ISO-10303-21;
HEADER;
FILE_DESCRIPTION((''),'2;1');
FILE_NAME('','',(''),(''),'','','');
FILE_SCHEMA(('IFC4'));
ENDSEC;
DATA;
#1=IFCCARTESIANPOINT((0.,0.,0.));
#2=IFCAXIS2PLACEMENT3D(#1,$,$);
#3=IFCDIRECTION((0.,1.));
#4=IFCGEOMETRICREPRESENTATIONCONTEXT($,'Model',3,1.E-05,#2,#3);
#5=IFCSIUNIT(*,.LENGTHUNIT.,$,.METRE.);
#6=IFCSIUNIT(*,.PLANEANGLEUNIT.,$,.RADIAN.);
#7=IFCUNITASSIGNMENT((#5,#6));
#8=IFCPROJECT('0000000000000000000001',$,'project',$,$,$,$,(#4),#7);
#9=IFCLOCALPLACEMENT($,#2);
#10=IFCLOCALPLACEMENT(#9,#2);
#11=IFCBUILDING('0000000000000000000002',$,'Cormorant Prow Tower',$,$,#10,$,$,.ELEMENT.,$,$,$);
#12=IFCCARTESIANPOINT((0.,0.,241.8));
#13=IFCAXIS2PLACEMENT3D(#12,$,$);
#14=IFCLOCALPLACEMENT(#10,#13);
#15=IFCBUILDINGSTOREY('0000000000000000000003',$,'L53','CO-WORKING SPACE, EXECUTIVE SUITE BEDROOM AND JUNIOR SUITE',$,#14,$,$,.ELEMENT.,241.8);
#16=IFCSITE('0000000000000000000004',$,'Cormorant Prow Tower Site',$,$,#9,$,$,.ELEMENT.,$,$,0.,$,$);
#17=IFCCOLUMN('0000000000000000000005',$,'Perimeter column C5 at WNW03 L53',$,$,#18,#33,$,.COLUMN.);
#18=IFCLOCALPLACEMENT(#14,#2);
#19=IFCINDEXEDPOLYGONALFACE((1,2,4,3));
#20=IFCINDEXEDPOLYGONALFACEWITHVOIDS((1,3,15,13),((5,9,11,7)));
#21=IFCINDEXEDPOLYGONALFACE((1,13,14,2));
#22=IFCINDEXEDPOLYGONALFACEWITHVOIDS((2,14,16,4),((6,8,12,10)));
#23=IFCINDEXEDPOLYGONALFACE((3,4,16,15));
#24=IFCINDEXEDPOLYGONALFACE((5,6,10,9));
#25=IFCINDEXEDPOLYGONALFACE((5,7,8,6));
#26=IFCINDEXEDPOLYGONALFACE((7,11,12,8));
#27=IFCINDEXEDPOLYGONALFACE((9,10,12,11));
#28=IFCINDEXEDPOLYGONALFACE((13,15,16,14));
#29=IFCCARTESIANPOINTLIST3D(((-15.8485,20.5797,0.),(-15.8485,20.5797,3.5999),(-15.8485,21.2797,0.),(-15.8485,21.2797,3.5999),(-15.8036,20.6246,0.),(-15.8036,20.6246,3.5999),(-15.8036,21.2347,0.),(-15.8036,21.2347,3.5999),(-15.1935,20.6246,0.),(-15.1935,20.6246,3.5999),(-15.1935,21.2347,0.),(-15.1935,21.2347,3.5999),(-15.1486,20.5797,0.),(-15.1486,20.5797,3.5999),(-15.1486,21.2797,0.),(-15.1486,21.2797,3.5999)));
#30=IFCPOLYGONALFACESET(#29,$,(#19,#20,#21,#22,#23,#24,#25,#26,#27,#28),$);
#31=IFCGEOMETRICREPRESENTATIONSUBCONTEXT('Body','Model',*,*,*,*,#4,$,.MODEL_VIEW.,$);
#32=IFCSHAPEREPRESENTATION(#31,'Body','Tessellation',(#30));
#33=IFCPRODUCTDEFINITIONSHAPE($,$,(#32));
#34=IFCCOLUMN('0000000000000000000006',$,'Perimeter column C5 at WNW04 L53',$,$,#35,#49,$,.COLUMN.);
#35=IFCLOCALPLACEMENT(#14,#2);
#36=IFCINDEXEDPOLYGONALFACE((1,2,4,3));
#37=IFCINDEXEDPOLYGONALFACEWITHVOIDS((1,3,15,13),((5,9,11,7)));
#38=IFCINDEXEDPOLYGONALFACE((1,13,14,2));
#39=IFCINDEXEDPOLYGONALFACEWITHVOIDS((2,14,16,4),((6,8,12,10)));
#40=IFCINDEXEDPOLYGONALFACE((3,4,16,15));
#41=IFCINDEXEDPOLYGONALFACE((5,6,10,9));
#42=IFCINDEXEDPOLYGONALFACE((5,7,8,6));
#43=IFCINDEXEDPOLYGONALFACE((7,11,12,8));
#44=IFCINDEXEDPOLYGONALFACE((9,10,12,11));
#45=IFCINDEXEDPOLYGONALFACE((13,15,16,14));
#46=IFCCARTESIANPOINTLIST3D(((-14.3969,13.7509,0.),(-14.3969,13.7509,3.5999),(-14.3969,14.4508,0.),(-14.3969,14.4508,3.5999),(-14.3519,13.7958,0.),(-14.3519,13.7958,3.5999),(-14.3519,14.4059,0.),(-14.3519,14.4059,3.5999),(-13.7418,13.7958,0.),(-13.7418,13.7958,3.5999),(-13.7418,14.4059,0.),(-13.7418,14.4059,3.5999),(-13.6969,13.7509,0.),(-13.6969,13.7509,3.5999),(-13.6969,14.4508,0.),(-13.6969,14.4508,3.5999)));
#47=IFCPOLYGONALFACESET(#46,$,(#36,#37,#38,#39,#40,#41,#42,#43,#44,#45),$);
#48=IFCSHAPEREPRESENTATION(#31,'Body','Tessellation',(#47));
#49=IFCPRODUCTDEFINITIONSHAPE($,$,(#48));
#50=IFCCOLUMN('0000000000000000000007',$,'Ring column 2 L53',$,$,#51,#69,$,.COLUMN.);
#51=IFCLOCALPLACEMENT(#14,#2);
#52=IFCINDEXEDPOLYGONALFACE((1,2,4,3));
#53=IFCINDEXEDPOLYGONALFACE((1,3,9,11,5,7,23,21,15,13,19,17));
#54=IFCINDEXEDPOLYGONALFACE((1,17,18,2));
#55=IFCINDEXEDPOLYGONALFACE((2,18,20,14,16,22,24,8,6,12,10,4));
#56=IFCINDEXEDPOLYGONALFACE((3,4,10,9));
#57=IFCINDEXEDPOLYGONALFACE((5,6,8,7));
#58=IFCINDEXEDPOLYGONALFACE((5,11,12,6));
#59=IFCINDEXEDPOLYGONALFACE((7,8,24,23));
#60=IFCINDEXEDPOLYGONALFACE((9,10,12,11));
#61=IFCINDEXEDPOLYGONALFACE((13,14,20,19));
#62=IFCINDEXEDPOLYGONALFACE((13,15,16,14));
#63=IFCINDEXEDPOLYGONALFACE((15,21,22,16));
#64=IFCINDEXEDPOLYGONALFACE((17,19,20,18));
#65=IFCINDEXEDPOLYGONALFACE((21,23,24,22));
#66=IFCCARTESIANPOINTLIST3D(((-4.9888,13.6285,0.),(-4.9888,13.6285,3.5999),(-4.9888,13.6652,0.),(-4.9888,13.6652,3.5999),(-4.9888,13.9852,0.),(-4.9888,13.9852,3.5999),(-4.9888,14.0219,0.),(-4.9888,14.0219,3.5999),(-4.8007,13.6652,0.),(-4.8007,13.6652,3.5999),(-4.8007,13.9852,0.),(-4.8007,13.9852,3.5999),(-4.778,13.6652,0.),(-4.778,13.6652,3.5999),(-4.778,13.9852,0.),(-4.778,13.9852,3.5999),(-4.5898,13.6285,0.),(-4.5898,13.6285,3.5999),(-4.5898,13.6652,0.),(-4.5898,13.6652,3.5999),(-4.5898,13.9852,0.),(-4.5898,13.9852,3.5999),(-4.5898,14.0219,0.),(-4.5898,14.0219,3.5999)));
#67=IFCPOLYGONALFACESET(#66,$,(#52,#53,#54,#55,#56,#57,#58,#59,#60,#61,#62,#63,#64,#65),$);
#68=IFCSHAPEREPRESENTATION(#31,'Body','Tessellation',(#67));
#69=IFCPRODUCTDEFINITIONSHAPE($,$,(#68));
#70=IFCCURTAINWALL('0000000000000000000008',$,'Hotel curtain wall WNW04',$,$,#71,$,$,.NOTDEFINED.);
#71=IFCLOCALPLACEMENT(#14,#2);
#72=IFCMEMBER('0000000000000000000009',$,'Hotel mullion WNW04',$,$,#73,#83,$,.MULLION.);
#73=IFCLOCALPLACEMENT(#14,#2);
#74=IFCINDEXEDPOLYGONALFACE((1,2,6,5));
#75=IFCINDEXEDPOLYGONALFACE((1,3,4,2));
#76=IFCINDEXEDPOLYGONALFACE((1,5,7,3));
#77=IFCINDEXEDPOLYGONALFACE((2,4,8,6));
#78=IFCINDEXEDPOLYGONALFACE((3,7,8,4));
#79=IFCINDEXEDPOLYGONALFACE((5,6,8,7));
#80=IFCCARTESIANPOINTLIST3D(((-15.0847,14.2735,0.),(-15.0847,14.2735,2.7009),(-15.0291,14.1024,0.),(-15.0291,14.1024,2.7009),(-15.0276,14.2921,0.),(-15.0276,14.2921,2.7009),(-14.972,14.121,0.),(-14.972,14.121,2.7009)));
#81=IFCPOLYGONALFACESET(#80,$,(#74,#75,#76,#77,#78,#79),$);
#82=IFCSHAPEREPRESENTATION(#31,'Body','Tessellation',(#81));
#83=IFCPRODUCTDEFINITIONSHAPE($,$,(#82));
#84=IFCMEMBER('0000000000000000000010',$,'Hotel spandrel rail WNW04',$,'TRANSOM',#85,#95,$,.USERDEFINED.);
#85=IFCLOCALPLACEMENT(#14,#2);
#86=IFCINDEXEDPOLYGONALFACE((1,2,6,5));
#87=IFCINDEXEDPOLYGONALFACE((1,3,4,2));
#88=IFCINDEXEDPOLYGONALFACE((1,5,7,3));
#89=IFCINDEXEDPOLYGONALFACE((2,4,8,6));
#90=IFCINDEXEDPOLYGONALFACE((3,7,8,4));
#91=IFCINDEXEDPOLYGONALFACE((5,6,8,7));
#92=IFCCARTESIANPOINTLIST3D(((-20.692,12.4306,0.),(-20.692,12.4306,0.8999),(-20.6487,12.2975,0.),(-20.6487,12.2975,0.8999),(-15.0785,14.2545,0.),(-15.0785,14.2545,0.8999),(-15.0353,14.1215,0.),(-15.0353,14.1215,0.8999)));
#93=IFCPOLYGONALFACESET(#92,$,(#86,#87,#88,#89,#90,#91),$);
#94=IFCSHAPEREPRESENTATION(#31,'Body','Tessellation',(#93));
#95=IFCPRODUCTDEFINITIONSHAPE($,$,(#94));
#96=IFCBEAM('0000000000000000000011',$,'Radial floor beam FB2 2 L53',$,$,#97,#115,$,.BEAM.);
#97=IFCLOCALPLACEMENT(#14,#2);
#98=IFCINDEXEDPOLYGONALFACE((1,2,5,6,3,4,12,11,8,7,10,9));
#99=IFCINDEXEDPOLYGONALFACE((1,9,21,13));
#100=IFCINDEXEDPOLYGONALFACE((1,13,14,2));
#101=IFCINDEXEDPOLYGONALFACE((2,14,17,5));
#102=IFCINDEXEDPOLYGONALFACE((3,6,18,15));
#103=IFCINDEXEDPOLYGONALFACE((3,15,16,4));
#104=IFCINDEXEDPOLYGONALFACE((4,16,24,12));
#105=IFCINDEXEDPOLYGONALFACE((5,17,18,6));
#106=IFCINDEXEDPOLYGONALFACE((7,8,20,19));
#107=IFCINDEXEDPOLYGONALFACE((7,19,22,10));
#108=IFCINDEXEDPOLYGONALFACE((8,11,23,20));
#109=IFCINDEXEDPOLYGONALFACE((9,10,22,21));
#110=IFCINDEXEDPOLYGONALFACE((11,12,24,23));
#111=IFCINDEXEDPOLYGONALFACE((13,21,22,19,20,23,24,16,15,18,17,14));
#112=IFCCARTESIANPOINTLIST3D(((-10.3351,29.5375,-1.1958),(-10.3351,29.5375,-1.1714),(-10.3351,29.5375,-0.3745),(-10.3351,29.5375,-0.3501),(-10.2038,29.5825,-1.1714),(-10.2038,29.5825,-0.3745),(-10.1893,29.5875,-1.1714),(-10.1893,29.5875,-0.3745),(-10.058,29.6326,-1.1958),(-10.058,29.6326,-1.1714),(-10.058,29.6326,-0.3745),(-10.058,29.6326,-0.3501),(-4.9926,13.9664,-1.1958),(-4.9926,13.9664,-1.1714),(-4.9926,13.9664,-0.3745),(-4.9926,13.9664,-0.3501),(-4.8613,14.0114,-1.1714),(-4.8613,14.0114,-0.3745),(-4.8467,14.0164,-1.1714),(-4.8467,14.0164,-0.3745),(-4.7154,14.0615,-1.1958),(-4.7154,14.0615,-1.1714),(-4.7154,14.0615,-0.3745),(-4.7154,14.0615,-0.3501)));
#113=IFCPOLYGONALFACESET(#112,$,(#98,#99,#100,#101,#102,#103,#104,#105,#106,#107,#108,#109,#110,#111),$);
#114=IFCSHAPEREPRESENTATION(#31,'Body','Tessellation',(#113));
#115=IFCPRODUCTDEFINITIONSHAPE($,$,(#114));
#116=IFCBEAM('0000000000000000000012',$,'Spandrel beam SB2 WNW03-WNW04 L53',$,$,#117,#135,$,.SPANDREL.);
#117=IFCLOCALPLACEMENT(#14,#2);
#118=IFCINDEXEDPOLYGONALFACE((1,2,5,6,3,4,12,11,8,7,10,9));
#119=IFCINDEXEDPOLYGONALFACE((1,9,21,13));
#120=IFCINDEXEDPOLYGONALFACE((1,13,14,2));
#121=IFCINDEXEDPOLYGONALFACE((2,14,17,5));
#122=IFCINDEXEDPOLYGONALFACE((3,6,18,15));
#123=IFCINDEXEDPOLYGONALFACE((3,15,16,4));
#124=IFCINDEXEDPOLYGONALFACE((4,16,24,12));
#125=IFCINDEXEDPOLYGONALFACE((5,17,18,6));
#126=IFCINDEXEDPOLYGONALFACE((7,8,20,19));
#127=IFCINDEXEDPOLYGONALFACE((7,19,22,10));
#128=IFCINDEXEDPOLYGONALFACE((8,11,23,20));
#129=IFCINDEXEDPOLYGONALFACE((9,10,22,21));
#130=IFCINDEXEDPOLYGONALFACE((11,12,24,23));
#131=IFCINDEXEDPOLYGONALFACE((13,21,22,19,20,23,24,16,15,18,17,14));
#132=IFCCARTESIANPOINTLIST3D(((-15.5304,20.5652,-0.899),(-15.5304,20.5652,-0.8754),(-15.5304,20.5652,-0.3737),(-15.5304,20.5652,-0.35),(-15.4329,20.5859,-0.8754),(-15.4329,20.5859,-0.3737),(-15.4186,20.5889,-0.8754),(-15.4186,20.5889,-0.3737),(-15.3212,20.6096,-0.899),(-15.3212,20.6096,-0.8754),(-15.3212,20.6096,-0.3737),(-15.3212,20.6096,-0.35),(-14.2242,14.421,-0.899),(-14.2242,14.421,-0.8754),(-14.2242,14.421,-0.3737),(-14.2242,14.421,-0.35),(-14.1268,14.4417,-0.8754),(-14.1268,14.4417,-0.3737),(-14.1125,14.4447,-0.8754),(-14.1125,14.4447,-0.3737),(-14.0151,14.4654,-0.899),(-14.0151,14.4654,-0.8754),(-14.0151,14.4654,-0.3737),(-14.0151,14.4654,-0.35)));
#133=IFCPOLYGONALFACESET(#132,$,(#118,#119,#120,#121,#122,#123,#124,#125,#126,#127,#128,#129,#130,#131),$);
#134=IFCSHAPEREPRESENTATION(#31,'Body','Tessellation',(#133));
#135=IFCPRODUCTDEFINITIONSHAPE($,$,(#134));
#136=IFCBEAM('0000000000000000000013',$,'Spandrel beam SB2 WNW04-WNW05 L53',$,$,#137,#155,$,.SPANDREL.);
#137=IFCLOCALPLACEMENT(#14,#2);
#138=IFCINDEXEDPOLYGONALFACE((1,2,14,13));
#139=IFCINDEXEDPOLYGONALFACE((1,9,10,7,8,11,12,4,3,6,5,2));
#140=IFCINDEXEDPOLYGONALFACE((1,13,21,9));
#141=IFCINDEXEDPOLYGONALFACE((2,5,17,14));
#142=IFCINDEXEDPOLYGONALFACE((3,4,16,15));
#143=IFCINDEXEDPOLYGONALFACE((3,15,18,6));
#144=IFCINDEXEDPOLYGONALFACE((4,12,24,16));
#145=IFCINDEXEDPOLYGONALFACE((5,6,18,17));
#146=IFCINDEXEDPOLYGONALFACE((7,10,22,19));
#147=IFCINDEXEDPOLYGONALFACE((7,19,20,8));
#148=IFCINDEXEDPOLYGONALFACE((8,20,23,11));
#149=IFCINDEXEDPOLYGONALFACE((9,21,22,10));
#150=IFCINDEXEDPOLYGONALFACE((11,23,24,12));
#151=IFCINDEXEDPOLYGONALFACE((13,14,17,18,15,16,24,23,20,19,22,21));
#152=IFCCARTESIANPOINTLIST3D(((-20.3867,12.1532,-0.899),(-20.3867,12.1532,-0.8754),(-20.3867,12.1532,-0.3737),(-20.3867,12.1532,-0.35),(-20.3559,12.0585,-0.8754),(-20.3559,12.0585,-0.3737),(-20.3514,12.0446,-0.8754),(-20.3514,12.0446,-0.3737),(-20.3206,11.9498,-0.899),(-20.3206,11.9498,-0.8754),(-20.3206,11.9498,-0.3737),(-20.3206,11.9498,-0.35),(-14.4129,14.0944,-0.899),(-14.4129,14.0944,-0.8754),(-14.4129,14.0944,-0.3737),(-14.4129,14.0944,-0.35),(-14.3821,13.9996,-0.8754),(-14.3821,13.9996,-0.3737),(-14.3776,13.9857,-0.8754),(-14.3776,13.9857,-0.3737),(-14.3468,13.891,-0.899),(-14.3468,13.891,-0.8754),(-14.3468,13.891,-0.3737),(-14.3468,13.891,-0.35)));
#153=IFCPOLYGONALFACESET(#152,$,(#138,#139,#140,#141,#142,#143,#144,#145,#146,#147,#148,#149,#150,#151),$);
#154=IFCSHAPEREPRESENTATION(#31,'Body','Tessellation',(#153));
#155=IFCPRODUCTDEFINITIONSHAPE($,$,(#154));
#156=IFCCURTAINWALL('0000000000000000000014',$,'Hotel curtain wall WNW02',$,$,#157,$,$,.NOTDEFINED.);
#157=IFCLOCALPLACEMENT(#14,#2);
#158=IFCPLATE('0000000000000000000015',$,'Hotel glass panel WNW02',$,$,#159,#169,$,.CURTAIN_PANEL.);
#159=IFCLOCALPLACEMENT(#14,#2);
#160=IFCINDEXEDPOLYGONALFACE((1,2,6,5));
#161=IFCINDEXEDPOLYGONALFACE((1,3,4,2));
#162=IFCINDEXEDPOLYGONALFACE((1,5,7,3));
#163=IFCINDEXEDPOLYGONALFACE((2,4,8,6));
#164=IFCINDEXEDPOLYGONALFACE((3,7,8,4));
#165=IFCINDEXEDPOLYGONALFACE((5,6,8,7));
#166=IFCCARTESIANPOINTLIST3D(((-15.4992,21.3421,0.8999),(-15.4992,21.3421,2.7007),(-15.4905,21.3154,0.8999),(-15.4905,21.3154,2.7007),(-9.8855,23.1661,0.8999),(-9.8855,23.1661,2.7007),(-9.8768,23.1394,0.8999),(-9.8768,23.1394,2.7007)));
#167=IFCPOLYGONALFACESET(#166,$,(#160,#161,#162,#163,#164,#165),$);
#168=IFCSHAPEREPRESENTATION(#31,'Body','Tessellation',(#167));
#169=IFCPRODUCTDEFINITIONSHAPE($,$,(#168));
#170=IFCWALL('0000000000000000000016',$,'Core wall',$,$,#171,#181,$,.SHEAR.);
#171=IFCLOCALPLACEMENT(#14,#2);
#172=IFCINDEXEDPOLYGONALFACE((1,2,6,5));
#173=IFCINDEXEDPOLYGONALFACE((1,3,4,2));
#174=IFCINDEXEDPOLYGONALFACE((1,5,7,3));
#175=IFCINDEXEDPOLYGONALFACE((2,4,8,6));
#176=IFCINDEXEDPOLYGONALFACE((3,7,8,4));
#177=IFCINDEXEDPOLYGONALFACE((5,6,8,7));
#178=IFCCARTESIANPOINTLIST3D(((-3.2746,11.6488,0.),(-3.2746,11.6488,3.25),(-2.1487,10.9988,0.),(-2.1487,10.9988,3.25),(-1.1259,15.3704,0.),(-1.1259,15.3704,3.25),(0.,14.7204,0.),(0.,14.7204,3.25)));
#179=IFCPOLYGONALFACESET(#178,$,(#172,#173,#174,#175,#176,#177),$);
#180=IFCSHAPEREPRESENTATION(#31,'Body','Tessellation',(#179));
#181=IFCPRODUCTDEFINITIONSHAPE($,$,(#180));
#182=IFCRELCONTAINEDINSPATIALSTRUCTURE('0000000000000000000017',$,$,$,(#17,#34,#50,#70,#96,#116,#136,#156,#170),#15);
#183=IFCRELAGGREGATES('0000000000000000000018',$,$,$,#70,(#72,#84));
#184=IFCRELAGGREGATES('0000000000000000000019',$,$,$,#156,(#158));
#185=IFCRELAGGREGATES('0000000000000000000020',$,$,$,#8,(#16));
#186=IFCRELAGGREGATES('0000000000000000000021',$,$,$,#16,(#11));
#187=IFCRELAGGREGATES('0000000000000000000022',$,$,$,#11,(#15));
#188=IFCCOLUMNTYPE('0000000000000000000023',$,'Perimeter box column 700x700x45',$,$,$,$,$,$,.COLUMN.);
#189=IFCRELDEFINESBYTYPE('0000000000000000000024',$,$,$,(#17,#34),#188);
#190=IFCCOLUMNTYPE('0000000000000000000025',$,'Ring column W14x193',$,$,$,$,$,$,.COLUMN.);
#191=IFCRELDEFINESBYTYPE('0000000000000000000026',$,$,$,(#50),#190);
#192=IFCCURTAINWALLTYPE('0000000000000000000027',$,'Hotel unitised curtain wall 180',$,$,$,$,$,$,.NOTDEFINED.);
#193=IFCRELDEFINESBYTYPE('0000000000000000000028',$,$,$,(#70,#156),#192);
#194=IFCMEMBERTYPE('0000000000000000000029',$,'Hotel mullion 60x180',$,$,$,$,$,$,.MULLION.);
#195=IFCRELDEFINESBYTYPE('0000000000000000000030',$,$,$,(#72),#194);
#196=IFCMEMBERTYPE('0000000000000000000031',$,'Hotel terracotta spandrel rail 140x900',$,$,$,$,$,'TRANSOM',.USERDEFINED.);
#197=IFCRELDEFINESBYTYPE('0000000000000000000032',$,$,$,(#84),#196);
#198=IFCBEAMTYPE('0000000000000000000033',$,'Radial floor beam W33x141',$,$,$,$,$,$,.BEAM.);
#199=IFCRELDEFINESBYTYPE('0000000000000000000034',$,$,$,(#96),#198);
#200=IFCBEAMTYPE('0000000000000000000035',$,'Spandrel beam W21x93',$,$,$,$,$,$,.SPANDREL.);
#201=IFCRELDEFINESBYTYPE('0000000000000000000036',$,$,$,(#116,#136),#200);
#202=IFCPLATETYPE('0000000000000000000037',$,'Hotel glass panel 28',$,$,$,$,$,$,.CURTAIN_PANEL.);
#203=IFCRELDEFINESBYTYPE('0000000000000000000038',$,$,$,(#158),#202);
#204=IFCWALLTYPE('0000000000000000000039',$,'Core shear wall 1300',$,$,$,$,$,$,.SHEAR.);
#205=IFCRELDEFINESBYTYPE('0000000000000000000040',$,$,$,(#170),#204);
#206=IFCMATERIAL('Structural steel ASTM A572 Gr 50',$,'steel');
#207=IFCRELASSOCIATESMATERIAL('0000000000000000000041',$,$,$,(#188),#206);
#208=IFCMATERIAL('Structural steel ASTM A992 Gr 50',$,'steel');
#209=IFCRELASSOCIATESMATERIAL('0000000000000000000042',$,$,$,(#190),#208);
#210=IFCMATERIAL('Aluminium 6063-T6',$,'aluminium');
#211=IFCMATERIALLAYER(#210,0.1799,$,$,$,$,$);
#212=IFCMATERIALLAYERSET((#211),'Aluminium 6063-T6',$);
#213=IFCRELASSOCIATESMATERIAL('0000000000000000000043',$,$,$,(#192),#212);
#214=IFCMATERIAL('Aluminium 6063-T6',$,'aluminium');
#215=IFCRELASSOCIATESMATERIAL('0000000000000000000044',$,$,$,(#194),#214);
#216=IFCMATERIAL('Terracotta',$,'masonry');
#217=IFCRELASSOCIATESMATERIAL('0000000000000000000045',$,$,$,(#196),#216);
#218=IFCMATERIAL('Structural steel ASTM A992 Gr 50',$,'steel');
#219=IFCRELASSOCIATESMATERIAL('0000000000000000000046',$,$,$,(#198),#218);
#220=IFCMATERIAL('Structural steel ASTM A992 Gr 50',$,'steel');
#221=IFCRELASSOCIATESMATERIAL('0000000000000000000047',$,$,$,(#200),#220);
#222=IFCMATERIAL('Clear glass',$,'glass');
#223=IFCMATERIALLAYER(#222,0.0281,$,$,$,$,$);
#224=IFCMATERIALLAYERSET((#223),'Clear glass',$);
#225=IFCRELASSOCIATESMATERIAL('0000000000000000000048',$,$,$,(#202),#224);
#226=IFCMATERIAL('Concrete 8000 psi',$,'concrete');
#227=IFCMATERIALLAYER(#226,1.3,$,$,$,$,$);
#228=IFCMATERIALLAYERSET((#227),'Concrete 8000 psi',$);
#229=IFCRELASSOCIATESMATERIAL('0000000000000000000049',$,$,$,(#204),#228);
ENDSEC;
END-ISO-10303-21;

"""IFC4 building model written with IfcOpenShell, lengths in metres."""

from ifc_helpers import new_model, si_unit, direction, frame, frame_2d, origin, origin_2d, place, context, subcontext, project, spatial, rectangle, hollow_rectangle, i_section, extrude, material, layer, layer_set, material_profile, profile_set, type_object, element, aggregate, save


model = new_model("IFC4")

# Units and contexts
model_context = context("Model", 3, precision=1e-05, world=origin(), true_north=direction((0.0, 1.0)))
body_context = subcontext(model_context, "Body", "Model", "MODEL_VIEW")
ifc_project = project(units=[si_unit("LENGTHUNIT", "METRE"), si_unit("PLANEANGLEUNIT", "RADIAN")], contexts=[model_context])

# Site, building, storey
site_placement = place(None, origin())
site = spatial("IfcSite", under=ifc_project, at=site_placement, Name="Cormorant Prow Tower Site", CompositionType="ELEMENT", RefElevation=0.0)
building_placement = place(site_placement, origin())
building = spatial("IfcBuilding", under=site, at=building_placement, Name="Cormorant Prow Tower", CompositionType="ELEMENT")
storey_placement = place(building_placement, frame((0.0, 0.0, 241.8)))
storey = spatial("IfcBuildingStorey", under=building, at=storey_placement, Name="L53", Description="CO-WORKING SPACE, EXECUTIVE SUITE BEDROOM AND JUNIOR SUITE", CompositionType="ELEMENT", Elevation=241.8)

# Columns
ifc_material_1 = material(Name="Structural steel ASTM A572 Gr 50", Category="steel")
ifc_material_profile_1 = material_profile(ifc_material_1, hollow_rectangle(XDim=0.7, YDim=0.7, WallThickness=0.0449, at=origin_2d()), Name="Box 700x700x45")
ifc_profile_set_1 = profile_set([ifc_material_profile_1], Name="Structural steel ASTM A572 Gr 50")
column_type_1 = type_object("IfcColumnType", Name="Perimeter box column 700x700x45", PredefinedType="COLUMN", material=ifc_profile_set_1)
for number, where, z_axis, x_axis, name in (
    (1, (-15.4985, 20.9297, 0.0), (0.0, 0.0, 1.0), (1.0, 0.0, 0.0), "Perimeter column C5 at WNW03 L53"),
    (2, (-14.0469, 14.1008, 0.0), (0.0, 0.0, 1.0), (1.0, 0.0, 0.0), "Perimeter column C5 at WNW04 L53"),
):
    element("IfcColumn", number, at=place(storey_placement, frame(where, z_axis=z_axis, x_axis=x_axis)), inside=storey, type_object=column_type_1, Name=name, PredefinedType="COLUMN", context=body_context, shape_type="SweptSolid", body=[
        extrude(hollow_rectangle(XDim=0.7, YDim=0.7, WallThickness=0.0449, at=origin_2d()), origin(), (0.0, 0.0, 1.0), 3.5999),
    ])
ifc_material_2 = material(Name="Structural steel ASTM A992 Gr 50", Category="steel")
ifc_material_profile_2 = material_profile(ifc_material_2, i_section(OverallWidth=0.3989, OverallDepth=0.3933, WebThickness=0.0227, FlangeThickness=0.0366, at=origin_2d()), Name="W14x193")
ifc_profile_set_2 = profile_set([ifc_material_profile_2], Name="Structural steel ASTM A992 Gr 50")
column_type_2 = type_object("IfcColumnType", Name="Ring column W14x193", PredefinedType="COLUMN", material=ifc_profile_set_2)
column_placement = place(storey_placement, frame((-4.7893, 13.8252, 0.0), z_axis=(0.0, 0.0, 1.0), x_axis=(1.0, 0.0, 0.0)))
element("IfcColumn", 3, at=column_placement, inside=storey, type_object=column_type_2, Name="Ring column 2 L53", PredefinedType="COLUMN", context=body_context, shape_type="SweptSolid", body=[
    extrude(i_section(OverallWidth=0.3989, OverallDepth=0.3933, WebThickness=0.0227, FlangeThickness=0.0366, at=origin_2d()), origin(), (0.0, 0.0, 1.0), 3.5999),
])

# Curtain wall, members
ifc_material_3 = material(Name="Aluminium 6063-T6", Category="aluminium")
ifc_layer_1 = layer(ifc_material_3, 0.1799)
ifc_layer_set_1 = layer_set([ifc_layer_1], Name="Aluminium 6063-T6")
curtain_wall_type = type_object("IfcCurtainWallType", Name="Hotel unitised curtain wall 180", PredefinedType="NOTDEFINED", material=ifc_layer_set_1)
curtain_wall_1_placement = place(storey_placement, origin())
curtain_wall_1 = element("IfcCurtainWall", 4, at=curtain_wall_1_placement, inside=storey, type_object=curtain_wall_type, Name="Hotel curtain wall WNW04", PredefinedType="NOTDEFINED")
ifc_material_4 = material(Name="Aluminium 6063-T6", Category="aluminium")
ifc_material_profile_3 = material_profile(ifc_material_4, rectangle(XDim=0.1799, YDim=0.0601, at=origin_2d()), Name="Hotel mullion 60x180")
ifc_profile_set_3 = profile_set([ifc_material_profile_3], Name="Aluminium 6063-T6")
member_type_1 = type_object("IfcMemberType", Name="Hotel mullion 60x180", PredefinedType="MULLION", material=ifc_profile_set_3)
member_1_placement = place(storey_placement, frame((-15.0283, 14.1973, 0.0), z_axis=(0.0, 0.0, 1.0), x_axis=(0.309017, -0.951057, 0.0)))
member_1 = element("IfcMember", 5, at=member_1_placement, type_object=member_type_1, Name="Hotel mullion WNW04", PredefinedType="MULLION", context=body_context, shape_type="SweptSolid", body=[
    extrude(rectangle(XDim=0.1799, YDim=0.0601, at=origin_2d()), origin(), (0.0, 0.0, 1.0), 2.7009),
])
ifc_material_5 = material(Name="Terracotta", Category="masonry")
ifc_material_profile_4 = material_profile(ifc_material_5, rectangle(XDim=0.1399, YDim=0.8999, at=origin_2d()), Name="Hotel terracotta spandrel rail 140x900")
ifc_profile_set_4 = profile_set([ifc_material_profile_4], Name="Terracotta")
member_type_2 = type_object("IfcMemberType", Name="Hotel terracotta spandrel rail 140x900", ElementType="TRANSOM", PredefinedType="USERDEFINED", material=ifc_profile_set_4)
member_2_placement = place(storey_placement, frame((-15.0569, 14.188, 0.45), z_axis=(-0.951055, -0.309022, 0.0), x_axis=(0.309022, -0.951055, 0.0)))
member_2 = element("IfcMember", 6, at=member_2_placement, type_object=member_type_2, Name="Hotel spandrel rail WNW04", ObjectType="TRANSOM", PredefinedType="USERDEFINED", context=body_context, shape_type="SweptSolid", body=[
    extrude(rectangle(XDim=0.1399, YDim=0.8999, at=origin_2d()), origin(), (0.0, 0.0, 1.0), 5.9023),
])
aggregate(curtain_wall_1, [member_1, member_2])

# Beams
ifc_material_6 = material(Name="Structural steel ASTM A992 Gr 50", Category="steel")
ifc_material_profile_5 = material_profile(ifc_material_6, i_section(OverallWidth=0.293, OverallDepth=0.8457, WebThickness=0.0154, FlangeThickness=0.0244, at=origin_2d()), Name="W33x141")
ifc_profile_set_5 = profile_set([ifc_material_profile_5], Name="Structural steel ASTM A992 Gr 50")
beam_type_1 = type_object("IfcBeamType", Name="Radial floor beam W33x141", PredefinedType="BEAM", material=ifc_profile_set_5)
beam_1_placement = place(storey_placement, frame((-4.854, 14.0139, -0.7729), z_axis=(-0.324536, 0.945874, 0.0), x_axis=(-0.945874, -0.324536, 0.0)))
element("IfcBeam", 7, at=beam_1_placement, inside=storey, type_object=beam_type_1, Name="Radial floor beam FB2 2 L53", PredefinedType="BEAM", context=body_context, shape_type="SweptSolid", body=[
    extrude(i_section(OverallWidth=0.293, OverallDepth=0.8457, WebThickness=0.0154, FlangeThickness=0.0244, at=origin_2d()), origin(), (0.0, 0.0, 1.0), 16.4622),
])
ifc_material_7 = material(Name="Structural steel ASTM A992 Gr 50", Category="steel")
ifc_material_profile_6 = material_profile(ifc_material_7, i_section(OverallWidth=0.2139, OverallDepth=0.5491, WebThickness=0.0146, FlangeThickness=0.0237, at=origin_2d()), Name="W21x93")
ifc_profile_set_6 = profile_set([ifc_material_profile_6], Name="Structural steel ASTM A992 Gr 50")
beam_type_2 = type_object("IfcBeamType", Name="Spandrel beam W21x93", PredefinedType="SPANDREL", material=ifc_profile_set_6)
beam_2_placement = place(storey_placement, frame((-15.4258, 20.5874, -0.6245), z_axis=(0.207934, -0.978143, 0.0), x_axis=(0.978143, 0.207934, 0.0)))
element("IfcBeam", 8, at=beam_2_placement, inside=storey, type_object=beam_type_2, Name="Spandrel beam SB2 WNW03-WNW04 L53", PredefinedType="SPANDREL", context=body_context, shape_type="SweptSolid", body=[
    extrude(i_section(OverallWidth=0.2139, OverallDepth=0.5491, WebThickness=0.0146, FlangeThickness=0.0237, at=origin_2d()), origin(), (0.0, 0.0, 1.0), 6.2815),
])
beam_3_placement = place(storey_placement, frame((-14.3799, 13.9927, -0.6245), z_axis=(-0.95105, -0.309036, 0.0), x_axis=(0.309036, -0.95105, 0.0)))
element("IfcBeam", 9, at=beam_3_placement, inside=storey, type_object=beam_type_2, Name="Spandrel beam SB2 WNW04-WNW05 L53", PredefinedType="SPANDREL", context=body_context, shape_type="SweptSolid", body=[
    extrude(i_section(OverallWidth=0.2139, OverallDepth=0.5491, WebThickness=0.0146, FlangeThickness=0.0237, at=origin_2d()), origin(), (0.0, 0.0, 1.0), 6.2812),
])

# Curtain wall, plate
curtain_wall_2_placement = place(storey_placement, origin())
curtain_wall_2 = element("IfcCurtainWall", 10, at=curtain_wall_2_placement, inside=storey, type_object=curtain_wall_type, Name="Hotel curtain wall WNW02", PredefinedType="NOTDEFINED")
ifc_material_8 = material(Name="Clear glass", Category="glass")
ifc_layer_2 = layer(ifc_material_8, 0.0281)
ifc_layer_set_2 = layer_set([ifc_layer_2], Name="Clear glass")
plate_type = type_object("IfcPlateType", Name="Hotel glass panel 28", PredefinedType="CURTAIN_PANEL", material=ifc_layer_set_2)
plate_placement = place(storey_placement, frame((-12.688, 22.2407, 0.8999), z_axis=(0.0, 0.0, 1.0), x_axis=(-0.951057, -0.309017, 0.0)))
plate = element("IfcPlate", 11, at=plate_placement, type_object=plate_type, Name="Hotel glass panel WNW02", PredefinedType="CURTAIN_PANEL", context=body_context, shape_type="SweptSolid", body=[
    extrude(rectangle(XDim=5.9026, YDim=0.0281, at=origin_2d()), origin(), (0.0, 0.0, 1.0), 1.8008),
])
aggregate(curtain_wall_2, [plate])

# Wall
ifc_material_9 = material(Name="Concrete 8000 psi", Category="concrete")
ifc_layer_3 = layer(ifc_material_9, 1.3)
ifc_layer_set_3 = layer_set([ifc_layer_3], Name="Concrete 8000 psi")
wall_type_1 = type_object("IfcWallType", Name="Core shear wall 1300", PredefinedType="SHEAR", material=ifc_layer_set_3)
wall_1_placement = place(storey_placement, frame((-0.563, 15.0454, 0.0), z_axis=(0.0, 0.0, 1.0), x_axis=(-0.499995, -0.866029, 0.0)))
element("IfcWall", 12, at=wall_1_placement, inside=storey, type_object=wall_type_1, Name="Core wall", PredefinedType="SHEAR", context=body_context, shape_type="SweptSolid", body=[
    extrude(rectangle(XDim=4.2974, YDim=1.3, at=frame_2d((2.1487, 0.0))), origin(), (0.0, 0.0, 1.0), 3.25),
])

save(model, "model.ifc")
